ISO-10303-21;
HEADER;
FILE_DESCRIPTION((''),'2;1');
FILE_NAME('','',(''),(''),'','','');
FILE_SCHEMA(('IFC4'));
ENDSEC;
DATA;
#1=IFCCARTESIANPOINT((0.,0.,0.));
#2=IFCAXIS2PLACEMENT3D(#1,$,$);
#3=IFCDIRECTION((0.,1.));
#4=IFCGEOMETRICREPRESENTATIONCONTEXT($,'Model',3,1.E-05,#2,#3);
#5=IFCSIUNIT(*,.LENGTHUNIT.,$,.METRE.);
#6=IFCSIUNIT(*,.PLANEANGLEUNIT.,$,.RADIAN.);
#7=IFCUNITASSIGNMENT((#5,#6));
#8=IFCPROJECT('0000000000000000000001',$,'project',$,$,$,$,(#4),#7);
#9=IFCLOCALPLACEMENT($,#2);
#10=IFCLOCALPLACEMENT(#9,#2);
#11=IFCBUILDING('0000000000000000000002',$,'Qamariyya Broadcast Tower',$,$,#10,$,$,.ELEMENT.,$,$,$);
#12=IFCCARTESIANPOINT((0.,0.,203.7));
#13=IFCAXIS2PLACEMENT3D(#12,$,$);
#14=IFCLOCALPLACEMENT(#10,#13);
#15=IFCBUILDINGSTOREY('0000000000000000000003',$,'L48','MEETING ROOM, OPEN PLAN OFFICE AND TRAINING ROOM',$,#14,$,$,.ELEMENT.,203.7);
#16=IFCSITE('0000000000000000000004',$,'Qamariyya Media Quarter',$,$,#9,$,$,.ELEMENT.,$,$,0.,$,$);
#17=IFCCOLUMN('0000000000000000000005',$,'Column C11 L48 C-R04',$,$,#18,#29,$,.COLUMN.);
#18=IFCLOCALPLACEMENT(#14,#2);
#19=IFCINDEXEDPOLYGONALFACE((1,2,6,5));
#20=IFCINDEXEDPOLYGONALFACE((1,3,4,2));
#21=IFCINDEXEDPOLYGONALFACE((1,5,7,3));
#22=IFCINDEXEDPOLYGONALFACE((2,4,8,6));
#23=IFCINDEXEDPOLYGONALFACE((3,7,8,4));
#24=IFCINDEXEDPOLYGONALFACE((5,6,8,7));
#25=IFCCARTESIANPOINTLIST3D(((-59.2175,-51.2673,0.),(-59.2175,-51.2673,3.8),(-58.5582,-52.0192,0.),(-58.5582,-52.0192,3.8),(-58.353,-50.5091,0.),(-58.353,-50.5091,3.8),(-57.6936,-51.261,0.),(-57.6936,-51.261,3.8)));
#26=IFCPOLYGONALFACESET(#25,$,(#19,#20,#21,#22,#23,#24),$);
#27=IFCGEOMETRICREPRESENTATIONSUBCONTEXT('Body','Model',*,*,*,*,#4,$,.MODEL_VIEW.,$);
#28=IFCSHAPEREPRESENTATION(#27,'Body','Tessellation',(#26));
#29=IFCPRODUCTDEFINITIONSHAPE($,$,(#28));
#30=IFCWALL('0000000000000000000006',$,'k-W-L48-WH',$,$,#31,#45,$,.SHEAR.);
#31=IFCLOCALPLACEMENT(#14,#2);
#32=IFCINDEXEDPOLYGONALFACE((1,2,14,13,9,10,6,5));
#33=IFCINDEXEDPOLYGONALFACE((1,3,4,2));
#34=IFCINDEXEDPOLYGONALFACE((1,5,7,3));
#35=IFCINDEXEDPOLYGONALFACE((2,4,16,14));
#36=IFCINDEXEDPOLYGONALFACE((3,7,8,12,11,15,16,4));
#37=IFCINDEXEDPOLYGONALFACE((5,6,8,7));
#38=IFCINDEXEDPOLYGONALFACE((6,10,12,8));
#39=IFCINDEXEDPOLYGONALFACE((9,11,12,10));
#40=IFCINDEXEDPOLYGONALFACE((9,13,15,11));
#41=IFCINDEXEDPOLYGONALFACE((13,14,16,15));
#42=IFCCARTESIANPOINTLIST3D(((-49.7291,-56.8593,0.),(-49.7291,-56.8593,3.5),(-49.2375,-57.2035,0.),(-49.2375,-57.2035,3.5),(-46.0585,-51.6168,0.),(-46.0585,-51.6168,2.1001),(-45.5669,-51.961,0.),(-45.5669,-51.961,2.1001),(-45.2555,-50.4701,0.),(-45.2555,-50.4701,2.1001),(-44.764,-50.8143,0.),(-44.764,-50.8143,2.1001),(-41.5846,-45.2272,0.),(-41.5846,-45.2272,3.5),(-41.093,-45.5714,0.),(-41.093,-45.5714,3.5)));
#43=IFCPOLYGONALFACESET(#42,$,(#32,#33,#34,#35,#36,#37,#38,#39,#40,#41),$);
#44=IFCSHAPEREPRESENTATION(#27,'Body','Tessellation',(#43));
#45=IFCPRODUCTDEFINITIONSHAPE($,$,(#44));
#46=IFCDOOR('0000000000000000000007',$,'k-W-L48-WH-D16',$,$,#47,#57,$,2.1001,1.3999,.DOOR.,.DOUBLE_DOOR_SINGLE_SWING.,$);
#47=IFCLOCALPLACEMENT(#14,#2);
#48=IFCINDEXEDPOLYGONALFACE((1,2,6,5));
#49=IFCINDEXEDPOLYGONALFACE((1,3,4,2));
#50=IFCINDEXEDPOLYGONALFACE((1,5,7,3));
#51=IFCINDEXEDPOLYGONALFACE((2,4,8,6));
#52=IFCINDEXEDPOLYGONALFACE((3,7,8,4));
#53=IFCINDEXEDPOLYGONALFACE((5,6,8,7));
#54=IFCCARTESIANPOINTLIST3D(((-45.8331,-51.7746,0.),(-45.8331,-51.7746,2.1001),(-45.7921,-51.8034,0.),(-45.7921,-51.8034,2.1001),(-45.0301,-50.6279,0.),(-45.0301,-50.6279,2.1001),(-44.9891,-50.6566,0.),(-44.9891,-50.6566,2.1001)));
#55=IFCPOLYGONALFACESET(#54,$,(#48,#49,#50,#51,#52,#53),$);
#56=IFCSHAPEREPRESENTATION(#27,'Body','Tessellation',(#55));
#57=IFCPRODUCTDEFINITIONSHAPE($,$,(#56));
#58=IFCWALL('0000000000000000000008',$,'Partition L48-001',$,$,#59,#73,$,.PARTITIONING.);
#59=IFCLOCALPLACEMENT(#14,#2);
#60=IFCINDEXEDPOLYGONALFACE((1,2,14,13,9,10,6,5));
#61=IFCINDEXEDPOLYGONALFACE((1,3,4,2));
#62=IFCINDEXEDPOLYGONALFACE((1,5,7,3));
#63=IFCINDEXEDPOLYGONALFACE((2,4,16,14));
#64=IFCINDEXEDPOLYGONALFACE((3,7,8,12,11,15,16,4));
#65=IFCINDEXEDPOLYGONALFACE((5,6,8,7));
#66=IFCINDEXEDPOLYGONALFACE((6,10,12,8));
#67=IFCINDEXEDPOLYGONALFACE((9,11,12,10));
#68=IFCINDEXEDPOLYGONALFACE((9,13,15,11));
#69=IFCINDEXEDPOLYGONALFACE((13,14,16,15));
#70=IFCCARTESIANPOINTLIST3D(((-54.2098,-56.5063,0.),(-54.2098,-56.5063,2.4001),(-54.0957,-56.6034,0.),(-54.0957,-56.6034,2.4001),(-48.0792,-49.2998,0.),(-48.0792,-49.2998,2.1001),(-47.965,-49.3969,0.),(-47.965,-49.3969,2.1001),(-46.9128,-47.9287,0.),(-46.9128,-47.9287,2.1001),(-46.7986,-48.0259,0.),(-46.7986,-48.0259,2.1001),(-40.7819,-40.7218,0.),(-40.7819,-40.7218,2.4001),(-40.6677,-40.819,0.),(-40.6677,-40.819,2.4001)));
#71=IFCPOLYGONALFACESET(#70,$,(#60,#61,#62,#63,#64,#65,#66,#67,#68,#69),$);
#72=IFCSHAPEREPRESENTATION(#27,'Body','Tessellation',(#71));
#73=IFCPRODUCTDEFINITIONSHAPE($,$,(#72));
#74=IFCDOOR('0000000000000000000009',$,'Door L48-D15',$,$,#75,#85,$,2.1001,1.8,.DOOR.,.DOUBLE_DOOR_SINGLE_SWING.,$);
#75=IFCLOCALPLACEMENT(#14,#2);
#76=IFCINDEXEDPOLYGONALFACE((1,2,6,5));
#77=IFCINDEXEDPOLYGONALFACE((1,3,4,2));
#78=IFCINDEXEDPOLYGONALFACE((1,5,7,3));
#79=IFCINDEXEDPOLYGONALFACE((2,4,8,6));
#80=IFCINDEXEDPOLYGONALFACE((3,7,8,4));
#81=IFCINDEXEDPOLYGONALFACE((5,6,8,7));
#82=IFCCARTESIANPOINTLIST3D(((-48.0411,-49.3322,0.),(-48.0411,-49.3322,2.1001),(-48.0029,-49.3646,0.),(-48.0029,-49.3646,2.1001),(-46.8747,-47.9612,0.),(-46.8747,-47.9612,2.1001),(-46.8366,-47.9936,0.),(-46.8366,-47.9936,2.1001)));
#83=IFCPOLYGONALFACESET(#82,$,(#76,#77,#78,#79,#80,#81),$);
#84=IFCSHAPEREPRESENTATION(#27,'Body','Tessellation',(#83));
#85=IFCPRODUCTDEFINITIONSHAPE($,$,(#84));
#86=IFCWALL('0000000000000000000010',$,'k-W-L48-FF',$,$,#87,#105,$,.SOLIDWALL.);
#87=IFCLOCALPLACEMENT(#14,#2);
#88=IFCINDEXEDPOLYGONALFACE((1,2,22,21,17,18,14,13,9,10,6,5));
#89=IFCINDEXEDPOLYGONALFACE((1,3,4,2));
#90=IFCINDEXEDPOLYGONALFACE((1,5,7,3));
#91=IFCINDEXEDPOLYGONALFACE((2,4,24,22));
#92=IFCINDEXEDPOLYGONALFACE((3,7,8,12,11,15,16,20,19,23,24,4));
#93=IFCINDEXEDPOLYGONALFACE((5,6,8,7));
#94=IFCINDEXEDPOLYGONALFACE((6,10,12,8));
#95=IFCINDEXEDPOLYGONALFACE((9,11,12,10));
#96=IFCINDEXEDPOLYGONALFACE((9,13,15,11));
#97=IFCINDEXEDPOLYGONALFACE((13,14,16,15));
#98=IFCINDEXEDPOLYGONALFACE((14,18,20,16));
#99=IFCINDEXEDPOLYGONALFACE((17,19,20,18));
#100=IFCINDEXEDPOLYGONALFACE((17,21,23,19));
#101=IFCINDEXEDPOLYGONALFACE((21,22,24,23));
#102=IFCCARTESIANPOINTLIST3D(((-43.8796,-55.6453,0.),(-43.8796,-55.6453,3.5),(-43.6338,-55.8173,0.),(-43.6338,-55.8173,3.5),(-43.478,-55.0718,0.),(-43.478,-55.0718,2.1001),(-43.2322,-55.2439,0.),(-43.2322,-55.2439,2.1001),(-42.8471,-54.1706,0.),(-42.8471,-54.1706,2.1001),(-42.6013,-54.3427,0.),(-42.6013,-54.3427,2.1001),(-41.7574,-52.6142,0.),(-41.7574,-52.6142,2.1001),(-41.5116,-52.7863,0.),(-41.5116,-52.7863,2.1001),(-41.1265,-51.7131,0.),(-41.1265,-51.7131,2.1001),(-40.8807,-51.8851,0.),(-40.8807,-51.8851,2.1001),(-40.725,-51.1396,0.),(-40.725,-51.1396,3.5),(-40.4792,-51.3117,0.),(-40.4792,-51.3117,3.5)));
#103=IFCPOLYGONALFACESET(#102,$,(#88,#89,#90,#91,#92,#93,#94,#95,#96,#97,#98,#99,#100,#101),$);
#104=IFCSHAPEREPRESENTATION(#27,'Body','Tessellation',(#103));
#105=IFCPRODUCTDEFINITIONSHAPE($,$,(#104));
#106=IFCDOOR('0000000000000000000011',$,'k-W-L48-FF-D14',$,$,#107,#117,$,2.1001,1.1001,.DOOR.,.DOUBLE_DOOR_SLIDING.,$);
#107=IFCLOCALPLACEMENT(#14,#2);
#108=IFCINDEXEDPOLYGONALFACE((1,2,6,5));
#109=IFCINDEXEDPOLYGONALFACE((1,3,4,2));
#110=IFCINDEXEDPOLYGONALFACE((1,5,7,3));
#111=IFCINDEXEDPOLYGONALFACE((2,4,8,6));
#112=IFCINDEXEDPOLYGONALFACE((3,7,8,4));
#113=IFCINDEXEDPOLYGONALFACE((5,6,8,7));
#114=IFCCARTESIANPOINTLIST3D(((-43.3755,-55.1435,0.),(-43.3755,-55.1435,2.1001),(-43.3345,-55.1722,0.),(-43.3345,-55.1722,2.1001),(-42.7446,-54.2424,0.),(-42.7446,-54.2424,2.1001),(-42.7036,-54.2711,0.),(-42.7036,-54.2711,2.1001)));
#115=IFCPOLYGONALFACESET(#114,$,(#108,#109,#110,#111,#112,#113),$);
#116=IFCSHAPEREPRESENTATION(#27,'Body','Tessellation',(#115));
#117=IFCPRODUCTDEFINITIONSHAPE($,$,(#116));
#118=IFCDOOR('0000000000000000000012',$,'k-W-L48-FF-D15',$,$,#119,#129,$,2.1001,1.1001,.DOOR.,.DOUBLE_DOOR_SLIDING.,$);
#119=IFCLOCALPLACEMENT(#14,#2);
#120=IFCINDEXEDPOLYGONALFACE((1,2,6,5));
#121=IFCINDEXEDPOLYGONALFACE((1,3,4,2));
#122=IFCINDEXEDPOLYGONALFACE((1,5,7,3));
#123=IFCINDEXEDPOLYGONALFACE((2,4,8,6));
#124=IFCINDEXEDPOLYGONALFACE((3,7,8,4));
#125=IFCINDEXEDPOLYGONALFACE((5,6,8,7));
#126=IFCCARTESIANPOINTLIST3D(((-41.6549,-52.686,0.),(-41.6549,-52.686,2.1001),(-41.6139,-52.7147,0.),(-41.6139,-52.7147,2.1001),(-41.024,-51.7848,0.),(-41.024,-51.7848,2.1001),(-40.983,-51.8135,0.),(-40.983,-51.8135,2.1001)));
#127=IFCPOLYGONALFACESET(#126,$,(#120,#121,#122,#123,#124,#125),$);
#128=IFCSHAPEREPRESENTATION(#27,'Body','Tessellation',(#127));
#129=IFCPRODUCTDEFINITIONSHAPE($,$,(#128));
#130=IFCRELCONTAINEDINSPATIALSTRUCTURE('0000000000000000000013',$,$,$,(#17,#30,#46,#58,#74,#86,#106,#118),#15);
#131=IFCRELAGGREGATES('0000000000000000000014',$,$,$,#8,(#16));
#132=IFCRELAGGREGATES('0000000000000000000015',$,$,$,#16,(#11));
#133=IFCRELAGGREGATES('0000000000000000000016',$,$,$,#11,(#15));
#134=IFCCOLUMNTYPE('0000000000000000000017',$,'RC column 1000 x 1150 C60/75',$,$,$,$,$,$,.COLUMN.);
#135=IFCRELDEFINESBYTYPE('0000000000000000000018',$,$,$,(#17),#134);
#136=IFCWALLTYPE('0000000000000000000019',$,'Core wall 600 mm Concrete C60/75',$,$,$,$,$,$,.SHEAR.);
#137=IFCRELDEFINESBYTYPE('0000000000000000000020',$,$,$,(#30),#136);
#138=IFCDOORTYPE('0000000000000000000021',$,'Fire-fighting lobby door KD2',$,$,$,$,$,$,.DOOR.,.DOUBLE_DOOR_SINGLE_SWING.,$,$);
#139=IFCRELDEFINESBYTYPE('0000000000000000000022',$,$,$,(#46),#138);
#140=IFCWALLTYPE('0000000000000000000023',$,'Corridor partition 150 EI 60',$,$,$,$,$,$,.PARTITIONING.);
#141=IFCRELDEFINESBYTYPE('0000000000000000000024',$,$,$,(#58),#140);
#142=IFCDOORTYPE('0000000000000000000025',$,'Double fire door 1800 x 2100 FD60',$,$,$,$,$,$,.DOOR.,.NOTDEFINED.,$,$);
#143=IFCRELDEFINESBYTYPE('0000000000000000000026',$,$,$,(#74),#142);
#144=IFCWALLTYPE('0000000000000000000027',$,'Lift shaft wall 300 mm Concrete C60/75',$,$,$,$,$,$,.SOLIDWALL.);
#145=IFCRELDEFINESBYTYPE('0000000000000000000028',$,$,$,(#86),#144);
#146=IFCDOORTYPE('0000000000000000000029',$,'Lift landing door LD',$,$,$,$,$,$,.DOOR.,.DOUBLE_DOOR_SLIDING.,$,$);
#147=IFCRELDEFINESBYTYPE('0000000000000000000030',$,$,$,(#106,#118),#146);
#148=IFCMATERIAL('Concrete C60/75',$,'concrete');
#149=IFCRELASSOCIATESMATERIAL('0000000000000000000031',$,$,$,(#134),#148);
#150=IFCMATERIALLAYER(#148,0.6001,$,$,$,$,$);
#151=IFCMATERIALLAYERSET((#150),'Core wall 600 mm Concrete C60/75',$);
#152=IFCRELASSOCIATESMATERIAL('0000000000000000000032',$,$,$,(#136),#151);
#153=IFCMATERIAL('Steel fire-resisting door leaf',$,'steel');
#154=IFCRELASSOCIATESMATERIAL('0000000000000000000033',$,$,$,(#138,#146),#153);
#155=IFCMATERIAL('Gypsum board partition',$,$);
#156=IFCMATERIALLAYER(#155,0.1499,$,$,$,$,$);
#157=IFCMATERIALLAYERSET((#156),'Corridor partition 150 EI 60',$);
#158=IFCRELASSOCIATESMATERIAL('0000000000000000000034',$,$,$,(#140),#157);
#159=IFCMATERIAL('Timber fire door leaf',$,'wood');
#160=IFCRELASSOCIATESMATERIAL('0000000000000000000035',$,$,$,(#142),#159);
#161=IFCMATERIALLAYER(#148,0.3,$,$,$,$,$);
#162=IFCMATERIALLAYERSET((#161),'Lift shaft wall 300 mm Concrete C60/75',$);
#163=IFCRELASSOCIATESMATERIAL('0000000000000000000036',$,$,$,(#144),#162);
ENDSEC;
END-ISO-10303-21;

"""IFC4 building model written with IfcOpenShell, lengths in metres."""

from ifc_helpers import new_model, si_unit, direction, frame, frame_2d, origin, origin_2d, place, context, subcontext, project, spatial, rectangle, extrude, material, layer, layer_set, material_profile, profile_set, type_object, element, fill, save


model = new_model("IFC4")

# Units and contexts
model_context = context("Model", 3, precision=1e-05, world=origin(), true_north=direction((0.0, 1.0)))
body_context = subcontext(model_context, "Body", "Model", "MODEL_VIEW")
ifc_project = project(units=[si_unit("LENGTHUNIT", "METRE"), si_unit("PLANEANGLEUNIT", "RADIAN")], contexts=[model_context])

# Site, building, storey
site_placement = place(None, origin())
site = spatial("IfcSite", under=ifc_project, at=site_placement, Name="Qamariyya Media Quarter", CompositionType="ELEMENT", RefElevation=0.0)
building_placement = place(site_placement, origin())
building = spatial("IfcBuilding", under=site, at=building_placement, Name="Qamariyya Broadcast Tower", CompositionType="ELEMENT")
storey_placement = place(building_placement, frame((0.0, 0.0, 203.7)))
storey = spatial("IfcBuildingStorey", under=building, at=storey_placement, Name="L48", Description="MEETING ROOM, OPEN PLAN OFFICE AND TRAINING ROOM", CompositionType="ELEMENT", Elevation=203.7)

# Column
ifc_material_1 = material(Name="Concrete C60/75", Category="concrete")
ifc_material_profile_1 = material_profile(ifc_material_1, rectangle(XDim=1.0, YDim=1.1499, at=origin_2d()))
ifc_profile_set_1 = profile_set([ifc_material_profile_1], Name="Concrete C60/75")
column_type = type_object("IfcColumnType", Name="RC column 1000 x 1150 C60/75", PredefinedType="COLUMN", material=ifc_profile_set_1)
column_placement = place(storey_placement, frame((-58.4556, -51.2642, 0.0), z_axis=(0.0, 0.0, 1.0), x_axis=(0.659346, -0.75184, 0.0)))
element("IfcColumn", 1, at=column_placement, inside=storey, type_object=column_type, Name="Column C11 L48 C-R04", PredefinedType="COLUMN", context=body_context, shape_type="SweptSolid", body=[
    extrude(rectangle(XDim=1.0, YDim=1.1499, at=origin_2d()), origin(), (0.0, 0.0, 1.0), 3.8),
])

# Walls, openings, doors
ifc_layer_1 = layer(ifc_material_1, 0.6001)
ifc_layer_set_1 = layer_set([ifc_layer_1], Name="Core wall 600 mm Concrete C60/75")
wall_type_1 = type_object("IfcWallType", Name="Core wall 600 mm Concrete C60/75", PredefinedType="SHEAR", material=ifc_layer_set_1)
wall_1_placement = place(storey_placement, frame((-49.4834, -57.0315, 0.0), z_axis=(0.0, 0.0, 1.0), x_axis=(0.57356, 0.819163, 0.0)))
wall_1 = element("IfcWall", 2, at=wall_1_placement, inside=storey, type_object=wall_type_1, Name="k-W-L48-WH", PredefinedType="SHEAR", context=body_context, shape_type="SweptSolid", body=[
    extrude(rectangle(XDim=14.2, YDim=0.6001, at=frame_2d((7.1001, 0.0))), origin(), (0.0, 0.0, 1.0), 3.5),
])
opening_1_placement = place(wall_1_placement, frame((6.3999, 0.0, 0.0)))
opening_1 = element("IfcOpeningElement", 3, at=opening_1_placement, cuts=wall_1, PredefinedType="OPENING", context=body_context, shape_type="SweptSolid", body=[
    extrude(rectangle(XDim=1.3999, YDim=2.1001, at=frame_2d((0.7, 1.05))), frame((0.0, 0.3101, 0.0), z_axis=(0.0, -1.0, 0.0), x_axis=(1.0, 0.0, 0.0)), (0.0, 0.0, 1.0), 0.6201),
])
ifc_material_2 = material(Name="Steel fire-resisting door leaf", Category="steel")
door_type_1 = type_object("IfcDoorType", Name="Fire-fighting lobby door KD2", OperationType="DOUBLE_DOOR_SINGLE_SWING", PredefinedType="DOOR", material=ifc_material_2)
door_1_placement = place(opening_1_placement, origin())
door_1 = element("IfcDoor", 4, at=door_1_placement, inside=storey, type_object=door_type_1, Name="k-W-L48-WH-D16", OperationType="DOUBLE_DOOR_SINGLE_SWING", OverallHeight=2.1001, OverallWidth=1.3999, PredefinedType="DOOR", context=body_context, shape_type="SweptSolid", body=[
    extrude(rectangle(XDim=1.3999, YDim=2.1001, at=frame_2d((0.7, 1.05))), frame((0.0, 0.0249, 0.0), z_axis=(0.0, -1.0, 0.0), x_axis=(1.0, 0.0, 0.0)), (0.0, 0.0, 1.0), 0.05),
])
fill(opening_1, door_1)
ifc_material_3 = material(Name="Gypsum board partition")
ifc_layer_2 = layer(ifc_material_3, 0.1499)
ifc_layer_set_2 = layer_set([ifc_layer_2], Name="Corridor partition 150 EI 60")
wall_type_2 = type_object("IfcWallType", Name="Corridor partition 150 EI 60", PredefinedType="PARTITIONING", material=ifc_layer_set_2)
wall_2_placement = place(storey_placement, frame((-54.1528, -56.5549, 0.0), z_axis=(0.0, 0.0, 1.0), x_axis=(0.647963, 0.761672, 0.0)))
wall_2 = element("IfcWall", 5, at=wall_2_placement, inside=storey, type_object=wall_type_2, Name="Partition L48-001", PredefinedType="PARTITIONING", context=body_context, shape_type="SweptSolid", body=[
    extrude(rectangle(XDim=20.7234, YDim=0.1499, at=frame_2d((10.3618, 0.0))), origin(), (0.0, 0.0, 1.0), 2.4001),
])
opening_2_placement = place(wall_2_placement, frame((9.4617, 0.0, 0.0)))
opening_2 = element("IfcOpeningElement", 6, at=opening_2_placement, cuts=wall_2, PredefinedType="OPENING", context=body_context, shape_type="SweptSolid", body=[
    extrude(rectangle(XDim=1.8, YDim=2.1001, at=frame_2d((0.8999, 1.05))), frame((0.0, 0.085, 0.0), z_axis=(0.0, -1.0, 0.0), x_axis=(1.0, 0.0, 0.0)), (0.0, 0.0, 1.0), 0.1699),
])
ifc_material_4 = material(Name="Timber fire door leaf", Category="wood")
door_type_2 = type_object("IfcDoorType", Name="Double fire door 1800 x 2100 FD60", OperationType="NOTDEFINED", PredefinedType="DOOR", material=ifc_material_4)
door_2_placement = place(opening_2_placement, origin())
door_2 = element("IfcDoor", 7, at=door_2_placement, inside=storey, type_object=door_type_2, Name="Door L48-D15", OperationType="DOUBLE_DOOR_SINGLE_SWING", OverallHeight=2.1001, OverallWidth=1.8, PredefinedType="DOOR", context=body_context, shape_type="SweptSolid", body=[
    extrude(rectangle(XDim=1.8, YDim=2.1001, at=frame_2d((0.8999, 1.05))), frame((0.0, 0.0249, 0.0), z_axis=(0.0, -1.0, 0.0), x_axis=(1.0, 0.0, 0.0)), (0.0, 0.0, 1.0), 0.05),
])
fill(opening_2, door_2)

# Wall, openings, doors
ifc_layer_3 = layer(ifc_material_1, 0.3)
ifc_layer_set_3 = layer_set([ifc_layer_3], Name="Lift shaft wall 300 mm Concrete C60/75")
wall_type_3 = type_object("IfcWallType", Name="Lift shaft wall 300 mm Concrete C60/75", PredefinedType="SOLIDWALL", material=ifc_layer_set_3)
wall_3_placement = place(storey_placement, frame((-43.7566, -55.7312, 0.0), z_axis=(0.0, 0.0, 1.0), x_axis=(0.573537, 0.81918, 0.0)))
wall_3 = element("IfcWall", 8, at=wall_3_placement, inside=storey, type_object=wall_type_3, Name="k-W-L48-FF", PredefinedType="SOLIDWALL", context=body_context, shape_type="SweptSolid", body=[
    extrude(rectangle(XDim=5.5002, YDim=0.3, at=frame_2d((2.75, 0.0))), origin(), (0.0, 0.0, 1.0), 3.5),
])
opening_3_placement = place(wall_3_placement, frame((0.7, 0.0, 0.0)))
opening_3 = element("IfcOpeningElement", 9, at=opening_3_placement, cuts=wall_3, PredefinedType="OPENING", context=body_context, shape_type="SweptSolid", body=[
    extrude(rectangle(XDim=1.1001, YDim=2.1001, at=frame_2d((0.55, 1.05))), frame((0.0, 0.1599, 0.0), z_axis=(0.0, -1.0, 0.0), x_axis=(1.0, 0.0, 0.0)), (0.0, 0.0, 1.0), 0.3201),
])
opening_4_placement = place(wall_3_placement, frame((3.7, 0.0, 0.0)))
opening_4 = element("IfcOpeningElement", 10, at=opening_4_placement, cuts=wall_3, PredefinedType="OPENING", context=body_context, shape_type="SweptSolid", body=[
    extrude(rectangle(XDim=1.1001, YDim=2.1001, at=frame_2d((0.55, 1.05))), frame((0.0, 0.1599, 0.0), z_axis=(0.0, -1.0, 0.0), x_axis=(1.0, 0.0, 0.0)), (0.0, 0.0, 1.0), 0.3201),
])
door_type_3 = type_object("IfcDoorType", Name="Lift landing door LD", OperationType="DOUBLE_DOOR_SLIDING", PredefinedType="DOOR", material=ifc_material_2)
door_3_placement = place(opening_3_placement, origin())
door_3 = element("IfcDoor", 11, at=door_3_placement, inside=storey, type_object=door_type_3, Name="k-W-L48-FF-D14", OperationType="DOUBLE_DOOR_SLIDING", OverallHeight=2.1001, OverallWidth=1.1001, PredefinedType="DOOR", context=body_context, shape_type="SweptSolid", body=[
    extrude(rectangle(XDim=1.1001, YDim=2.1001, at=frame_2d((0.55, 1.05))), frame((0.0, 0.0249, 0.0), z_axis=(0.0, -1.0, 0.0), x_axis=(1.0, 0.0, 0.0)), (0.0, 0.0, 1.0), 0.05),
])
fill(opening_3, door_3)
door_4_placement = place(opening_4_placement, origin())
door_4 = element("IfcDoor", 12, at=door_4_placement, inside=storey, type_object=door_type_3, Name="k-W-L48-FF-D15", OperationType="DOUBLE_DOOR_SLIDING", OverallHeight=2.1001, OverallWidth=1.1001, PredefinedType="DOOR", context=body_context, shape_type="SweptSolid", body=[
    extrude(rectangle(XDim=1.1001, YDim=2.1001, at=frame_2d((0.55, 1.05))), frame((0.0, 0.0249, 0.0), z_axis=(0.0, -1.0, 0.0), x_axis=(1.0, 0.0, 0.0)), (0.0, 0.0, 1.0), 0.05),
])
fill(opening_4, door_4)

save(model, "model.ifc")
